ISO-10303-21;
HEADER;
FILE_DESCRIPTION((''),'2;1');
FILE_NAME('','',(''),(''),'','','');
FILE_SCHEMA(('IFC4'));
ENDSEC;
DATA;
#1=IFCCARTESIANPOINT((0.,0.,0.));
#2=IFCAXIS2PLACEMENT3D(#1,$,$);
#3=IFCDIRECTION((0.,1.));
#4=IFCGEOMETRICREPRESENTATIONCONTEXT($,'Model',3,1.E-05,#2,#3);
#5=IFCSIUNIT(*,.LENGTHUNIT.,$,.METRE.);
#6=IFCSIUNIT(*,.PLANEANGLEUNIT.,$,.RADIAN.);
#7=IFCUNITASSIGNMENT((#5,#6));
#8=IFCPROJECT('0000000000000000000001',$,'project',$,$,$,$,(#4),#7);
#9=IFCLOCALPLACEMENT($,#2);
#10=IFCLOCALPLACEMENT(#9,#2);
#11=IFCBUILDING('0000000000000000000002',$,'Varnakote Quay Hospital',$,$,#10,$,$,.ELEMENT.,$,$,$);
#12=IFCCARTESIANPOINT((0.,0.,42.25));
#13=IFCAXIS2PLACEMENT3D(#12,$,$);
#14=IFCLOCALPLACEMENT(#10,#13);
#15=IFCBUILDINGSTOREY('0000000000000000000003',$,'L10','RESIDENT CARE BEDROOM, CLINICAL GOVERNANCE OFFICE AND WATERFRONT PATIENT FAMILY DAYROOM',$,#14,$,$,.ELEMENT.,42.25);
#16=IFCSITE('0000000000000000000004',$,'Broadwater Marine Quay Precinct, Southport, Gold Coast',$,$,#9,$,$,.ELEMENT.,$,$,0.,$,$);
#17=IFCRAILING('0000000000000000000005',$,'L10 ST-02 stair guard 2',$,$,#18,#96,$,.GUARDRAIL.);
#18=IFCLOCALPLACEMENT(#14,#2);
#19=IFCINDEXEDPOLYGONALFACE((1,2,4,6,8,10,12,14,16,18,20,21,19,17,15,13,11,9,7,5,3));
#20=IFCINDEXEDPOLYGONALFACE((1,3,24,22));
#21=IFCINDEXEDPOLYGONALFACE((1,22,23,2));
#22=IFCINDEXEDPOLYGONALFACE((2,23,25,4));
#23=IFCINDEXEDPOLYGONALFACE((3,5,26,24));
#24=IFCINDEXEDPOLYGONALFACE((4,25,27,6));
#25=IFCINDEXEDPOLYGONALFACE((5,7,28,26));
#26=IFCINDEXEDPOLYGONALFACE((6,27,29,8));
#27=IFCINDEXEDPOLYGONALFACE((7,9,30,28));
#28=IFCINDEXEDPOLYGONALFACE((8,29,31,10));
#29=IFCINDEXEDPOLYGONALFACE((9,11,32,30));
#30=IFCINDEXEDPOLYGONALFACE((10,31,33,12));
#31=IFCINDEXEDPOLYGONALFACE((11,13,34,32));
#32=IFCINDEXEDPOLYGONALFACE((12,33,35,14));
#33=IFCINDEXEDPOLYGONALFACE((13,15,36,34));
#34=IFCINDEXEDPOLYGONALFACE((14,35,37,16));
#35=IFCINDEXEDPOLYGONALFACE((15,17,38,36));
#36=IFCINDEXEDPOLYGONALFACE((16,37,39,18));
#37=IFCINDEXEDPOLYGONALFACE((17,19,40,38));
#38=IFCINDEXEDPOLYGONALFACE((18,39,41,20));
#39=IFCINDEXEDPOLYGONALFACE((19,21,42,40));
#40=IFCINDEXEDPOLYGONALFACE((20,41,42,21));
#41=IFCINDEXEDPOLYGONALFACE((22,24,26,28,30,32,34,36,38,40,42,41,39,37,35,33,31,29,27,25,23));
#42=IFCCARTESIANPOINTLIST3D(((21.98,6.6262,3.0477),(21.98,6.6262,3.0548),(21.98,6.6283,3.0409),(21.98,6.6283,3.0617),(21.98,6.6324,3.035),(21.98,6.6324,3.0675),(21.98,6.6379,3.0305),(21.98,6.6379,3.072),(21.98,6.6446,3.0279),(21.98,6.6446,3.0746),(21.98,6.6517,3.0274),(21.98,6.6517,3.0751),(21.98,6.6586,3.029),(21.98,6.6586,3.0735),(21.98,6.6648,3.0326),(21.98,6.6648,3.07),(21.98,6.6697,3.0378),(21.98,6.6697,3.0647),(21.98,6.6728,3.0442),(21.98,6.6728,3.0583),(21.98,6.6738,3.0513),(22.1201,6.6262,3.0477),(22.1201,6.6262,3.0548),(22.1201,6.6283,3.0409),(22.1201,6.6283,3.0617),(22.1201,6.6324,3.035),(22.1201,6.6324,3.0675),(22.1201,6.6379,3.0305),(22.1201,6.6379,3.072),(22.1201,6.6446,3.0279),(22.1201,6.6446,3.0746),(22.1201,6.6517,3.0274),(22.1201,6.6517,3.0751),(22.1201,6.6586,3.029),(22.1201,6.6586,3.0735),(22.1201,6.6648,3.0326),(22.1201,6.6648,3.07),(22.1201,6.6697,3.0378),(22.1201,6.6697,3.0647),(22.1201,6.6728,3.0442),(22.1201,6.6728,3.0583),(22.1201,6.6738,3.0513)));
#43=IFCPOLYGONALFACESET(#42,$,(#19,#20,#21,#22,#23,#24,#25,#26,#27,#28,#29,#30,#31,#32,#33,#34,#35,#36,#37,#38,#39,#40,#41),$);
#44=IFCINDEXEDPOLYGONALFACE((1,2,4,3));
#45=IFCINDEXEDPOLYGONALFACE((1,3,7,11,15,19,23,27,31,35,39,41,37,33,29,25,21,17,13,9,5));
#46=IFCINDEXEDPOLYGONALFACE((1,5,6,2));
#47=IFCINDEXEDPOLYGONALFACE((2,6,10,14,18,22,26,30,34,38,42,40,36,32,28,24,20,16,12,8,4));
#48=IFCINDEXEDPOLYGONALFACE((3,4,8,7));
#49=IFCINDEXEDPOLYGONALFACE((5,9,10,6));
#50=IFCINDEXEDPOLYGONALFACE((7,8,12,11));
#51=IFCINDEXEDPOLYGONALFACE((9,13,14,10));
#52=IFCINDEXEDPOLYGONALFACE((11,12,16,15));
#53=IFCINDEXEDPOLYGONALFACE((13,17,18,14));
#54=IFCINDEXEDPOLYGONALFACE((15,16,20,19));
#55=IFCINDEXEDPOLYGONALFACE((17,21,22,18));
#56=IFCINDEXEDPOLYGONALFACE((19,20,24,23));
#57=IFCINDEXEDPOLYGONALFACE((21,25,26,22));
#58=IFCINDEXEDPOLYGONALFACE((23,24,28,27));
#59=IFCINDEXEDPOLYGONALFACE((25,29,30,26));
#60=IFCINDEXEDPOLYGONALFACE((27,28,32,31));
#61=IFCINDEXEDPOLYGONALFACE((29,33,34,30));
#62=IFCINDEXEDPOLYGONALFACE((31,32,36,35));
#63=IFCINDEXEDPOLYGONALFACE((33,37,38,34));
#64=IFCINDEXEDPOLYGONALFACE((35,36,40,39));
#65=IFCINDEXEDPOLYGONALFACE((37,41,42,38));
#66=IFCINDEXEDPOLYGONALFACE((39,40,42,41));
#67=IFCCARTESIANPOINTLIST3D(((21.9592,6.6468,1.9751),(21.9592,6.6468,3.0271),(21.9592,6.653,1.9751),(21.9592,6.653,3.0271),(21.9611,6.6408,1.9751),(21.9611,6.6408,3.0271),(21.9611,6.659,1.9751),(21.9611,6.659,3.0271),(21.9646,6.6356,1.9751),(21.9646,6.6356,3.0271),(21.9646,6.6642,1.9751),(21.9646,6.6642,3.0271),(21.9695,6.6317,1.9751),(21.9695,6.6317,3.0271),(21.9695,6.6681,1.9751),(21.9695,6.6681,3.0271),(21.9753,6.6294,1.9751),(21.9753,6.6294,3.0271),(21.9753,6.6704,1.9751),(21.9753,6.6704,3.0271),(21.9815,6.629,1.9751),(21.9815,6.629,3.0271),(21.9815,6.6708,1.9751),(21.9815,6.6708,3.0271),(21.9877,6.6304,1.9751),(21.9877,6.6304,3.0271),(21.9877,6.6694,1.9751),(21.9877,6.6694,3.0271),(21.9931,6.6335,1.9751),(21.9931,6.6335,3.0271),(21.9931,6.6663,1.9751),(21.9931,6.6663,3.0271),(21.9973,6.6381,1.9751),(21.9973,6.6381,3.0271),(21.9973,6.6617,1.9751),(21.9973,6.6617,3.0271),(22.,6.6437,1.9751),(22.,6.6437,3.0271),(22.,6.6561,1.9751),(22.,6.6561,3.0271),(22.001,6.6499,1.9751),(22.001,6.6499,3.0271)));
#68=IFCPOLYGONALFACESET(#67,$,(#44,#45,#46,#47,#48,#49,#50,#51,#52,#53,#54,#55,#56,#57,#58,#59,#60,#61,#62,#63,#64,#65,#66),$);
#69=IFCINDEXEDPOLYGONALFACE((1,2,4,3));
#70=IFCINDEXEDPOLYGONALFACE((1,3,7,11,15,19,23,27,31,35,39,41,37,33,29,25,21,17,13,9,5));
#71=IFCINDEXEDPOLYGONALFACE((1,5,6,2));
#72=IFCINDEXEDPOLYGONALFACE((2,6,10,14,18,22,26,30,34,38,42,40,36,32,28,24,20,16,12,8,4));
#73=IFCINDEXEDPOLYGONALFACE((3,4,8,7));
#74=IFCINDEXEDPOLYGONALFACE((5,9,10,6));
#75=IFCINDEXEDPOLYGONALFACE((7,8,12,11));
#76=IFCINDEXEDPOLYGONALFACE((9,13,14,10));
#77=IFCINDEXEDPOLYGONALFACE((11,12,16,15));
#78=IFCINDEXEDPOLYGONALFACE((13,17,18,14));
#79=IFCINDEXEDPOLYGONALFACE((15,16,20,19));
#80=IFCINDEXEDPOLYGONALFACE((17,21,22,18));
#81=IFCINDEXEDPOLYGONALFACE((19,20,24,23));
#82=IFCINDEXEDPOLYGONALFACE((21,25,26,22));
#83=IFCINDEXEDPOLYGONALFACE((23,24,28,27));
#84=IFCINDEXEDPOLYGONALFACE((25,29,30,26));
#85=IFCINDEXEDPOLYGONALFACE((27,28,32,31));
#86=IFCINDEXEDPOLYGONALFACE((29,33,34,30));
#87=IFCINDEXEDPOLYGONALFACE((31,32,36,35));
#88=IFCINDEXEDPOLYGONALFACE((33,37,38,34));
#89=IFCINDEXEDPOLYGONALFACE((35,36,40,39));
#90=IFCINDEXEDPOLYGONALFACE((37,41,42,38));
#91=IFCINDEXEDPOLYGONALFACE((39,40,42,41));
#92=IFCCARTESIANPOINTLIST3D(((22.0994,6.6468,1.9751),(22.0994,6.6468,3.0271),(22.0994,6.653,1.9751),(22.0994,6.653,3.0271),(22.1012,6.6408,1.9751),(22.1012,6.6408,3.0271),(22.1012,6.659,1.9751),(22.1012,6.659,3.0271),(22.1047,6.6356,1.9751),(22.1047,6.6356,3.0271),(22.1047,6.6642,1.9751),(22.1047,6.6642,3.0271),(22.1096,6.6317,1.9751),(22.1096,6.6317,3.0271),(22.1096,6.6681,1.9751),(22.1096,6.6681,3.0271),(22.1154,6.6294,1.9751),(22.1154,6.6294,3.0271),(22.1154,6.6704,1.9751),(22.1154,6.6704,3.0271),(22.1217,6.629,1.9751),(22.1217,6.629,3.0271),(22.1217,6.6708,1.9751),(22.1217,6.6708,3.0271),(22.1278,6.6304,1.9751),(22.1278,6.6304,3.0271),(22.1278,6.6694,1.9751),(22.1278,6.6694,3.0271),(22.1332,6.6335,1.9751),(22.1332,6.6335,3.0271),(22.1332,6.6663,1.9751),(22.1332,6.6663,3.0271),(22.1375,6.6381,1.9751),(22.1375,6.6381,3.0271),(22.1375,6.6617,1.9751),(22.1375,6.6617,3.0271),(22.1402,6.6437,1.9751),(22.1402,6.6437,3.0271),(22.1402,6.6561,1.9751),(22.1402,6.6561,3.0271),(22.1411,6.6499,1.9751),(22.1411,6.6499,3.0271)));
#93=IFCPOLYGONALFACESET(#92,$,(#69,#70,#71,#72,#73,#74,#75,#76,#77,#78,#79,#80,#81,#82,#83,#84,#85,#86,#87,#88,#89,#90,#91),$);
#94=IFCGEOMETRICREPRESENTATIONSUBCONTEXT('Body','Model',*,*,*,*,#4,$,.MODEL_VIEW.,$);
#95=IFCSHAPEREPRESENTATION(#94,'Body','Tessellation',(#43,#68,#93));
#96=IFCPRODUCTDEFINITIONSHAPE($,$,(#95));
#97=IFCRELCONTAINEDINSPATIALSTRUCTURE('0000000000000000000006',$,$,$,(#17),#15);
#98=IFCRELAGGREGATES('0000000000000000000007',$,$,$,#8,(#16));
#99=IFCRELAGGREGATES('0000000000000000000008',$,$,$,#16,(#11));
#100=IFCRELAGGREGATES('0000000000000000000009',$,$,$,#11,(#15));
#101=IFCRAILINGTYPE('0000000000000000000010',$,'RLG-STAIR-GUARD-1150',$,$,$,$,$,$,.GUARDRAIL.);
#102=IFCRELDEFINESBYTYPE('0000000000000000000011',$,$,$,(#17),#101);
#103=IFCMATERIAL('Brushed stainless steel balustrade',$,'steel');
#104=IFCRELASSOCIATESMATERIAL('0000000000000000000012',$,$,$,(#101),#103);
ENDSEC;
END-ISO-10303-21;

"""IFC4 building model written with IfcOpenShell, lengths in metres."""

from ifc_helpers import new_model, si_unit, direction, frame, origin, origin_2d, place, context, subcontext, project, spatial, circle, extrude, material, type_object, element, save


model = new_model("IFC4")

# Units and contexts
model_context = context("Model", 3, precision=1e-05, world=origin(), true_north=direction((0.0, 1.0)))
body_context = subcontext(model_context, "Body", "Model", "MODEL_VIEW")
ifc_project = project(units=[si_unit("LENGTHUNIT", "METRE"), si_unit("PLANEANGLEUNIT", "RADIAN")], contexts=[model_context])

# Site, building, storey
site_placement = place(None, origin())
site = spatial("IfcSite", under=ifc_project, at=site_placement, Name="Broadwater Marine Quay Precinct, Southport, Gold Coast", CompositionType="ELEMENT", RefElevation=0.0)
building_placement = place(site_placement, origin())
building = spatial("IfcBuilding", under=site, at=building_placement, Name="Varnakote Quay Hospital", CompositionType="ELEMENT")
storey_placement = place(building_placement, frame((0.0, 0.0, 42.25)))
storey = spatial("IfcBuildingStorey", under=building, at=storey_placement, Name="L10", Description="RESIDENT CARE BEDROOM, CLINICAL GOVERNANCE OFFICE AND WATERFRONT PATIENT FAMILY DAYROOM", CompositionType="ELEMENT", Elevation=42.25)

# Railing
ifc_material_1 = material(Name="Brushed stainless steel balustrade", Category="steel")
railing_type_1 = type_object("IfcRailingType", Name="RLG-STAIR-GUARD-1150", PredefinedType="GUARDRAIL", material=ifc_material_1)
railing_1_placement = place(storey_placement, frame((21.98, 6.6499, 1.9751)))
element("IfcRailing", 1, at=railing_1_placement, inside=storey, type_object=railing_type_1, Name="L10 ST-02 stair guard 2", PredefinedType="GUARDRAIL", context=body_context, shape_type="SweptSolid", body=[
    extrude(circle(Radius=0.0239, at=origin_2d()), frame((0.0, 0.0, 1.0762), z_axis=(1.0, 0.0, 0.0), x_axis=(0.0, 1.0, 0.0)), (0.0, 0.0, 1.0), 0.1401),
    extrude(circle(Radius=0.021, at=origin_2d()), origin(), (0.0, 0.0, 1.0), 1.052),
    extrude(circle(Radius=0.021, at=origin_2d()), frame((0.1401, 0.0, 0.0)), (0.0, 0.0, 1.0), 1.052),
])

save(model, "model.ifc")
